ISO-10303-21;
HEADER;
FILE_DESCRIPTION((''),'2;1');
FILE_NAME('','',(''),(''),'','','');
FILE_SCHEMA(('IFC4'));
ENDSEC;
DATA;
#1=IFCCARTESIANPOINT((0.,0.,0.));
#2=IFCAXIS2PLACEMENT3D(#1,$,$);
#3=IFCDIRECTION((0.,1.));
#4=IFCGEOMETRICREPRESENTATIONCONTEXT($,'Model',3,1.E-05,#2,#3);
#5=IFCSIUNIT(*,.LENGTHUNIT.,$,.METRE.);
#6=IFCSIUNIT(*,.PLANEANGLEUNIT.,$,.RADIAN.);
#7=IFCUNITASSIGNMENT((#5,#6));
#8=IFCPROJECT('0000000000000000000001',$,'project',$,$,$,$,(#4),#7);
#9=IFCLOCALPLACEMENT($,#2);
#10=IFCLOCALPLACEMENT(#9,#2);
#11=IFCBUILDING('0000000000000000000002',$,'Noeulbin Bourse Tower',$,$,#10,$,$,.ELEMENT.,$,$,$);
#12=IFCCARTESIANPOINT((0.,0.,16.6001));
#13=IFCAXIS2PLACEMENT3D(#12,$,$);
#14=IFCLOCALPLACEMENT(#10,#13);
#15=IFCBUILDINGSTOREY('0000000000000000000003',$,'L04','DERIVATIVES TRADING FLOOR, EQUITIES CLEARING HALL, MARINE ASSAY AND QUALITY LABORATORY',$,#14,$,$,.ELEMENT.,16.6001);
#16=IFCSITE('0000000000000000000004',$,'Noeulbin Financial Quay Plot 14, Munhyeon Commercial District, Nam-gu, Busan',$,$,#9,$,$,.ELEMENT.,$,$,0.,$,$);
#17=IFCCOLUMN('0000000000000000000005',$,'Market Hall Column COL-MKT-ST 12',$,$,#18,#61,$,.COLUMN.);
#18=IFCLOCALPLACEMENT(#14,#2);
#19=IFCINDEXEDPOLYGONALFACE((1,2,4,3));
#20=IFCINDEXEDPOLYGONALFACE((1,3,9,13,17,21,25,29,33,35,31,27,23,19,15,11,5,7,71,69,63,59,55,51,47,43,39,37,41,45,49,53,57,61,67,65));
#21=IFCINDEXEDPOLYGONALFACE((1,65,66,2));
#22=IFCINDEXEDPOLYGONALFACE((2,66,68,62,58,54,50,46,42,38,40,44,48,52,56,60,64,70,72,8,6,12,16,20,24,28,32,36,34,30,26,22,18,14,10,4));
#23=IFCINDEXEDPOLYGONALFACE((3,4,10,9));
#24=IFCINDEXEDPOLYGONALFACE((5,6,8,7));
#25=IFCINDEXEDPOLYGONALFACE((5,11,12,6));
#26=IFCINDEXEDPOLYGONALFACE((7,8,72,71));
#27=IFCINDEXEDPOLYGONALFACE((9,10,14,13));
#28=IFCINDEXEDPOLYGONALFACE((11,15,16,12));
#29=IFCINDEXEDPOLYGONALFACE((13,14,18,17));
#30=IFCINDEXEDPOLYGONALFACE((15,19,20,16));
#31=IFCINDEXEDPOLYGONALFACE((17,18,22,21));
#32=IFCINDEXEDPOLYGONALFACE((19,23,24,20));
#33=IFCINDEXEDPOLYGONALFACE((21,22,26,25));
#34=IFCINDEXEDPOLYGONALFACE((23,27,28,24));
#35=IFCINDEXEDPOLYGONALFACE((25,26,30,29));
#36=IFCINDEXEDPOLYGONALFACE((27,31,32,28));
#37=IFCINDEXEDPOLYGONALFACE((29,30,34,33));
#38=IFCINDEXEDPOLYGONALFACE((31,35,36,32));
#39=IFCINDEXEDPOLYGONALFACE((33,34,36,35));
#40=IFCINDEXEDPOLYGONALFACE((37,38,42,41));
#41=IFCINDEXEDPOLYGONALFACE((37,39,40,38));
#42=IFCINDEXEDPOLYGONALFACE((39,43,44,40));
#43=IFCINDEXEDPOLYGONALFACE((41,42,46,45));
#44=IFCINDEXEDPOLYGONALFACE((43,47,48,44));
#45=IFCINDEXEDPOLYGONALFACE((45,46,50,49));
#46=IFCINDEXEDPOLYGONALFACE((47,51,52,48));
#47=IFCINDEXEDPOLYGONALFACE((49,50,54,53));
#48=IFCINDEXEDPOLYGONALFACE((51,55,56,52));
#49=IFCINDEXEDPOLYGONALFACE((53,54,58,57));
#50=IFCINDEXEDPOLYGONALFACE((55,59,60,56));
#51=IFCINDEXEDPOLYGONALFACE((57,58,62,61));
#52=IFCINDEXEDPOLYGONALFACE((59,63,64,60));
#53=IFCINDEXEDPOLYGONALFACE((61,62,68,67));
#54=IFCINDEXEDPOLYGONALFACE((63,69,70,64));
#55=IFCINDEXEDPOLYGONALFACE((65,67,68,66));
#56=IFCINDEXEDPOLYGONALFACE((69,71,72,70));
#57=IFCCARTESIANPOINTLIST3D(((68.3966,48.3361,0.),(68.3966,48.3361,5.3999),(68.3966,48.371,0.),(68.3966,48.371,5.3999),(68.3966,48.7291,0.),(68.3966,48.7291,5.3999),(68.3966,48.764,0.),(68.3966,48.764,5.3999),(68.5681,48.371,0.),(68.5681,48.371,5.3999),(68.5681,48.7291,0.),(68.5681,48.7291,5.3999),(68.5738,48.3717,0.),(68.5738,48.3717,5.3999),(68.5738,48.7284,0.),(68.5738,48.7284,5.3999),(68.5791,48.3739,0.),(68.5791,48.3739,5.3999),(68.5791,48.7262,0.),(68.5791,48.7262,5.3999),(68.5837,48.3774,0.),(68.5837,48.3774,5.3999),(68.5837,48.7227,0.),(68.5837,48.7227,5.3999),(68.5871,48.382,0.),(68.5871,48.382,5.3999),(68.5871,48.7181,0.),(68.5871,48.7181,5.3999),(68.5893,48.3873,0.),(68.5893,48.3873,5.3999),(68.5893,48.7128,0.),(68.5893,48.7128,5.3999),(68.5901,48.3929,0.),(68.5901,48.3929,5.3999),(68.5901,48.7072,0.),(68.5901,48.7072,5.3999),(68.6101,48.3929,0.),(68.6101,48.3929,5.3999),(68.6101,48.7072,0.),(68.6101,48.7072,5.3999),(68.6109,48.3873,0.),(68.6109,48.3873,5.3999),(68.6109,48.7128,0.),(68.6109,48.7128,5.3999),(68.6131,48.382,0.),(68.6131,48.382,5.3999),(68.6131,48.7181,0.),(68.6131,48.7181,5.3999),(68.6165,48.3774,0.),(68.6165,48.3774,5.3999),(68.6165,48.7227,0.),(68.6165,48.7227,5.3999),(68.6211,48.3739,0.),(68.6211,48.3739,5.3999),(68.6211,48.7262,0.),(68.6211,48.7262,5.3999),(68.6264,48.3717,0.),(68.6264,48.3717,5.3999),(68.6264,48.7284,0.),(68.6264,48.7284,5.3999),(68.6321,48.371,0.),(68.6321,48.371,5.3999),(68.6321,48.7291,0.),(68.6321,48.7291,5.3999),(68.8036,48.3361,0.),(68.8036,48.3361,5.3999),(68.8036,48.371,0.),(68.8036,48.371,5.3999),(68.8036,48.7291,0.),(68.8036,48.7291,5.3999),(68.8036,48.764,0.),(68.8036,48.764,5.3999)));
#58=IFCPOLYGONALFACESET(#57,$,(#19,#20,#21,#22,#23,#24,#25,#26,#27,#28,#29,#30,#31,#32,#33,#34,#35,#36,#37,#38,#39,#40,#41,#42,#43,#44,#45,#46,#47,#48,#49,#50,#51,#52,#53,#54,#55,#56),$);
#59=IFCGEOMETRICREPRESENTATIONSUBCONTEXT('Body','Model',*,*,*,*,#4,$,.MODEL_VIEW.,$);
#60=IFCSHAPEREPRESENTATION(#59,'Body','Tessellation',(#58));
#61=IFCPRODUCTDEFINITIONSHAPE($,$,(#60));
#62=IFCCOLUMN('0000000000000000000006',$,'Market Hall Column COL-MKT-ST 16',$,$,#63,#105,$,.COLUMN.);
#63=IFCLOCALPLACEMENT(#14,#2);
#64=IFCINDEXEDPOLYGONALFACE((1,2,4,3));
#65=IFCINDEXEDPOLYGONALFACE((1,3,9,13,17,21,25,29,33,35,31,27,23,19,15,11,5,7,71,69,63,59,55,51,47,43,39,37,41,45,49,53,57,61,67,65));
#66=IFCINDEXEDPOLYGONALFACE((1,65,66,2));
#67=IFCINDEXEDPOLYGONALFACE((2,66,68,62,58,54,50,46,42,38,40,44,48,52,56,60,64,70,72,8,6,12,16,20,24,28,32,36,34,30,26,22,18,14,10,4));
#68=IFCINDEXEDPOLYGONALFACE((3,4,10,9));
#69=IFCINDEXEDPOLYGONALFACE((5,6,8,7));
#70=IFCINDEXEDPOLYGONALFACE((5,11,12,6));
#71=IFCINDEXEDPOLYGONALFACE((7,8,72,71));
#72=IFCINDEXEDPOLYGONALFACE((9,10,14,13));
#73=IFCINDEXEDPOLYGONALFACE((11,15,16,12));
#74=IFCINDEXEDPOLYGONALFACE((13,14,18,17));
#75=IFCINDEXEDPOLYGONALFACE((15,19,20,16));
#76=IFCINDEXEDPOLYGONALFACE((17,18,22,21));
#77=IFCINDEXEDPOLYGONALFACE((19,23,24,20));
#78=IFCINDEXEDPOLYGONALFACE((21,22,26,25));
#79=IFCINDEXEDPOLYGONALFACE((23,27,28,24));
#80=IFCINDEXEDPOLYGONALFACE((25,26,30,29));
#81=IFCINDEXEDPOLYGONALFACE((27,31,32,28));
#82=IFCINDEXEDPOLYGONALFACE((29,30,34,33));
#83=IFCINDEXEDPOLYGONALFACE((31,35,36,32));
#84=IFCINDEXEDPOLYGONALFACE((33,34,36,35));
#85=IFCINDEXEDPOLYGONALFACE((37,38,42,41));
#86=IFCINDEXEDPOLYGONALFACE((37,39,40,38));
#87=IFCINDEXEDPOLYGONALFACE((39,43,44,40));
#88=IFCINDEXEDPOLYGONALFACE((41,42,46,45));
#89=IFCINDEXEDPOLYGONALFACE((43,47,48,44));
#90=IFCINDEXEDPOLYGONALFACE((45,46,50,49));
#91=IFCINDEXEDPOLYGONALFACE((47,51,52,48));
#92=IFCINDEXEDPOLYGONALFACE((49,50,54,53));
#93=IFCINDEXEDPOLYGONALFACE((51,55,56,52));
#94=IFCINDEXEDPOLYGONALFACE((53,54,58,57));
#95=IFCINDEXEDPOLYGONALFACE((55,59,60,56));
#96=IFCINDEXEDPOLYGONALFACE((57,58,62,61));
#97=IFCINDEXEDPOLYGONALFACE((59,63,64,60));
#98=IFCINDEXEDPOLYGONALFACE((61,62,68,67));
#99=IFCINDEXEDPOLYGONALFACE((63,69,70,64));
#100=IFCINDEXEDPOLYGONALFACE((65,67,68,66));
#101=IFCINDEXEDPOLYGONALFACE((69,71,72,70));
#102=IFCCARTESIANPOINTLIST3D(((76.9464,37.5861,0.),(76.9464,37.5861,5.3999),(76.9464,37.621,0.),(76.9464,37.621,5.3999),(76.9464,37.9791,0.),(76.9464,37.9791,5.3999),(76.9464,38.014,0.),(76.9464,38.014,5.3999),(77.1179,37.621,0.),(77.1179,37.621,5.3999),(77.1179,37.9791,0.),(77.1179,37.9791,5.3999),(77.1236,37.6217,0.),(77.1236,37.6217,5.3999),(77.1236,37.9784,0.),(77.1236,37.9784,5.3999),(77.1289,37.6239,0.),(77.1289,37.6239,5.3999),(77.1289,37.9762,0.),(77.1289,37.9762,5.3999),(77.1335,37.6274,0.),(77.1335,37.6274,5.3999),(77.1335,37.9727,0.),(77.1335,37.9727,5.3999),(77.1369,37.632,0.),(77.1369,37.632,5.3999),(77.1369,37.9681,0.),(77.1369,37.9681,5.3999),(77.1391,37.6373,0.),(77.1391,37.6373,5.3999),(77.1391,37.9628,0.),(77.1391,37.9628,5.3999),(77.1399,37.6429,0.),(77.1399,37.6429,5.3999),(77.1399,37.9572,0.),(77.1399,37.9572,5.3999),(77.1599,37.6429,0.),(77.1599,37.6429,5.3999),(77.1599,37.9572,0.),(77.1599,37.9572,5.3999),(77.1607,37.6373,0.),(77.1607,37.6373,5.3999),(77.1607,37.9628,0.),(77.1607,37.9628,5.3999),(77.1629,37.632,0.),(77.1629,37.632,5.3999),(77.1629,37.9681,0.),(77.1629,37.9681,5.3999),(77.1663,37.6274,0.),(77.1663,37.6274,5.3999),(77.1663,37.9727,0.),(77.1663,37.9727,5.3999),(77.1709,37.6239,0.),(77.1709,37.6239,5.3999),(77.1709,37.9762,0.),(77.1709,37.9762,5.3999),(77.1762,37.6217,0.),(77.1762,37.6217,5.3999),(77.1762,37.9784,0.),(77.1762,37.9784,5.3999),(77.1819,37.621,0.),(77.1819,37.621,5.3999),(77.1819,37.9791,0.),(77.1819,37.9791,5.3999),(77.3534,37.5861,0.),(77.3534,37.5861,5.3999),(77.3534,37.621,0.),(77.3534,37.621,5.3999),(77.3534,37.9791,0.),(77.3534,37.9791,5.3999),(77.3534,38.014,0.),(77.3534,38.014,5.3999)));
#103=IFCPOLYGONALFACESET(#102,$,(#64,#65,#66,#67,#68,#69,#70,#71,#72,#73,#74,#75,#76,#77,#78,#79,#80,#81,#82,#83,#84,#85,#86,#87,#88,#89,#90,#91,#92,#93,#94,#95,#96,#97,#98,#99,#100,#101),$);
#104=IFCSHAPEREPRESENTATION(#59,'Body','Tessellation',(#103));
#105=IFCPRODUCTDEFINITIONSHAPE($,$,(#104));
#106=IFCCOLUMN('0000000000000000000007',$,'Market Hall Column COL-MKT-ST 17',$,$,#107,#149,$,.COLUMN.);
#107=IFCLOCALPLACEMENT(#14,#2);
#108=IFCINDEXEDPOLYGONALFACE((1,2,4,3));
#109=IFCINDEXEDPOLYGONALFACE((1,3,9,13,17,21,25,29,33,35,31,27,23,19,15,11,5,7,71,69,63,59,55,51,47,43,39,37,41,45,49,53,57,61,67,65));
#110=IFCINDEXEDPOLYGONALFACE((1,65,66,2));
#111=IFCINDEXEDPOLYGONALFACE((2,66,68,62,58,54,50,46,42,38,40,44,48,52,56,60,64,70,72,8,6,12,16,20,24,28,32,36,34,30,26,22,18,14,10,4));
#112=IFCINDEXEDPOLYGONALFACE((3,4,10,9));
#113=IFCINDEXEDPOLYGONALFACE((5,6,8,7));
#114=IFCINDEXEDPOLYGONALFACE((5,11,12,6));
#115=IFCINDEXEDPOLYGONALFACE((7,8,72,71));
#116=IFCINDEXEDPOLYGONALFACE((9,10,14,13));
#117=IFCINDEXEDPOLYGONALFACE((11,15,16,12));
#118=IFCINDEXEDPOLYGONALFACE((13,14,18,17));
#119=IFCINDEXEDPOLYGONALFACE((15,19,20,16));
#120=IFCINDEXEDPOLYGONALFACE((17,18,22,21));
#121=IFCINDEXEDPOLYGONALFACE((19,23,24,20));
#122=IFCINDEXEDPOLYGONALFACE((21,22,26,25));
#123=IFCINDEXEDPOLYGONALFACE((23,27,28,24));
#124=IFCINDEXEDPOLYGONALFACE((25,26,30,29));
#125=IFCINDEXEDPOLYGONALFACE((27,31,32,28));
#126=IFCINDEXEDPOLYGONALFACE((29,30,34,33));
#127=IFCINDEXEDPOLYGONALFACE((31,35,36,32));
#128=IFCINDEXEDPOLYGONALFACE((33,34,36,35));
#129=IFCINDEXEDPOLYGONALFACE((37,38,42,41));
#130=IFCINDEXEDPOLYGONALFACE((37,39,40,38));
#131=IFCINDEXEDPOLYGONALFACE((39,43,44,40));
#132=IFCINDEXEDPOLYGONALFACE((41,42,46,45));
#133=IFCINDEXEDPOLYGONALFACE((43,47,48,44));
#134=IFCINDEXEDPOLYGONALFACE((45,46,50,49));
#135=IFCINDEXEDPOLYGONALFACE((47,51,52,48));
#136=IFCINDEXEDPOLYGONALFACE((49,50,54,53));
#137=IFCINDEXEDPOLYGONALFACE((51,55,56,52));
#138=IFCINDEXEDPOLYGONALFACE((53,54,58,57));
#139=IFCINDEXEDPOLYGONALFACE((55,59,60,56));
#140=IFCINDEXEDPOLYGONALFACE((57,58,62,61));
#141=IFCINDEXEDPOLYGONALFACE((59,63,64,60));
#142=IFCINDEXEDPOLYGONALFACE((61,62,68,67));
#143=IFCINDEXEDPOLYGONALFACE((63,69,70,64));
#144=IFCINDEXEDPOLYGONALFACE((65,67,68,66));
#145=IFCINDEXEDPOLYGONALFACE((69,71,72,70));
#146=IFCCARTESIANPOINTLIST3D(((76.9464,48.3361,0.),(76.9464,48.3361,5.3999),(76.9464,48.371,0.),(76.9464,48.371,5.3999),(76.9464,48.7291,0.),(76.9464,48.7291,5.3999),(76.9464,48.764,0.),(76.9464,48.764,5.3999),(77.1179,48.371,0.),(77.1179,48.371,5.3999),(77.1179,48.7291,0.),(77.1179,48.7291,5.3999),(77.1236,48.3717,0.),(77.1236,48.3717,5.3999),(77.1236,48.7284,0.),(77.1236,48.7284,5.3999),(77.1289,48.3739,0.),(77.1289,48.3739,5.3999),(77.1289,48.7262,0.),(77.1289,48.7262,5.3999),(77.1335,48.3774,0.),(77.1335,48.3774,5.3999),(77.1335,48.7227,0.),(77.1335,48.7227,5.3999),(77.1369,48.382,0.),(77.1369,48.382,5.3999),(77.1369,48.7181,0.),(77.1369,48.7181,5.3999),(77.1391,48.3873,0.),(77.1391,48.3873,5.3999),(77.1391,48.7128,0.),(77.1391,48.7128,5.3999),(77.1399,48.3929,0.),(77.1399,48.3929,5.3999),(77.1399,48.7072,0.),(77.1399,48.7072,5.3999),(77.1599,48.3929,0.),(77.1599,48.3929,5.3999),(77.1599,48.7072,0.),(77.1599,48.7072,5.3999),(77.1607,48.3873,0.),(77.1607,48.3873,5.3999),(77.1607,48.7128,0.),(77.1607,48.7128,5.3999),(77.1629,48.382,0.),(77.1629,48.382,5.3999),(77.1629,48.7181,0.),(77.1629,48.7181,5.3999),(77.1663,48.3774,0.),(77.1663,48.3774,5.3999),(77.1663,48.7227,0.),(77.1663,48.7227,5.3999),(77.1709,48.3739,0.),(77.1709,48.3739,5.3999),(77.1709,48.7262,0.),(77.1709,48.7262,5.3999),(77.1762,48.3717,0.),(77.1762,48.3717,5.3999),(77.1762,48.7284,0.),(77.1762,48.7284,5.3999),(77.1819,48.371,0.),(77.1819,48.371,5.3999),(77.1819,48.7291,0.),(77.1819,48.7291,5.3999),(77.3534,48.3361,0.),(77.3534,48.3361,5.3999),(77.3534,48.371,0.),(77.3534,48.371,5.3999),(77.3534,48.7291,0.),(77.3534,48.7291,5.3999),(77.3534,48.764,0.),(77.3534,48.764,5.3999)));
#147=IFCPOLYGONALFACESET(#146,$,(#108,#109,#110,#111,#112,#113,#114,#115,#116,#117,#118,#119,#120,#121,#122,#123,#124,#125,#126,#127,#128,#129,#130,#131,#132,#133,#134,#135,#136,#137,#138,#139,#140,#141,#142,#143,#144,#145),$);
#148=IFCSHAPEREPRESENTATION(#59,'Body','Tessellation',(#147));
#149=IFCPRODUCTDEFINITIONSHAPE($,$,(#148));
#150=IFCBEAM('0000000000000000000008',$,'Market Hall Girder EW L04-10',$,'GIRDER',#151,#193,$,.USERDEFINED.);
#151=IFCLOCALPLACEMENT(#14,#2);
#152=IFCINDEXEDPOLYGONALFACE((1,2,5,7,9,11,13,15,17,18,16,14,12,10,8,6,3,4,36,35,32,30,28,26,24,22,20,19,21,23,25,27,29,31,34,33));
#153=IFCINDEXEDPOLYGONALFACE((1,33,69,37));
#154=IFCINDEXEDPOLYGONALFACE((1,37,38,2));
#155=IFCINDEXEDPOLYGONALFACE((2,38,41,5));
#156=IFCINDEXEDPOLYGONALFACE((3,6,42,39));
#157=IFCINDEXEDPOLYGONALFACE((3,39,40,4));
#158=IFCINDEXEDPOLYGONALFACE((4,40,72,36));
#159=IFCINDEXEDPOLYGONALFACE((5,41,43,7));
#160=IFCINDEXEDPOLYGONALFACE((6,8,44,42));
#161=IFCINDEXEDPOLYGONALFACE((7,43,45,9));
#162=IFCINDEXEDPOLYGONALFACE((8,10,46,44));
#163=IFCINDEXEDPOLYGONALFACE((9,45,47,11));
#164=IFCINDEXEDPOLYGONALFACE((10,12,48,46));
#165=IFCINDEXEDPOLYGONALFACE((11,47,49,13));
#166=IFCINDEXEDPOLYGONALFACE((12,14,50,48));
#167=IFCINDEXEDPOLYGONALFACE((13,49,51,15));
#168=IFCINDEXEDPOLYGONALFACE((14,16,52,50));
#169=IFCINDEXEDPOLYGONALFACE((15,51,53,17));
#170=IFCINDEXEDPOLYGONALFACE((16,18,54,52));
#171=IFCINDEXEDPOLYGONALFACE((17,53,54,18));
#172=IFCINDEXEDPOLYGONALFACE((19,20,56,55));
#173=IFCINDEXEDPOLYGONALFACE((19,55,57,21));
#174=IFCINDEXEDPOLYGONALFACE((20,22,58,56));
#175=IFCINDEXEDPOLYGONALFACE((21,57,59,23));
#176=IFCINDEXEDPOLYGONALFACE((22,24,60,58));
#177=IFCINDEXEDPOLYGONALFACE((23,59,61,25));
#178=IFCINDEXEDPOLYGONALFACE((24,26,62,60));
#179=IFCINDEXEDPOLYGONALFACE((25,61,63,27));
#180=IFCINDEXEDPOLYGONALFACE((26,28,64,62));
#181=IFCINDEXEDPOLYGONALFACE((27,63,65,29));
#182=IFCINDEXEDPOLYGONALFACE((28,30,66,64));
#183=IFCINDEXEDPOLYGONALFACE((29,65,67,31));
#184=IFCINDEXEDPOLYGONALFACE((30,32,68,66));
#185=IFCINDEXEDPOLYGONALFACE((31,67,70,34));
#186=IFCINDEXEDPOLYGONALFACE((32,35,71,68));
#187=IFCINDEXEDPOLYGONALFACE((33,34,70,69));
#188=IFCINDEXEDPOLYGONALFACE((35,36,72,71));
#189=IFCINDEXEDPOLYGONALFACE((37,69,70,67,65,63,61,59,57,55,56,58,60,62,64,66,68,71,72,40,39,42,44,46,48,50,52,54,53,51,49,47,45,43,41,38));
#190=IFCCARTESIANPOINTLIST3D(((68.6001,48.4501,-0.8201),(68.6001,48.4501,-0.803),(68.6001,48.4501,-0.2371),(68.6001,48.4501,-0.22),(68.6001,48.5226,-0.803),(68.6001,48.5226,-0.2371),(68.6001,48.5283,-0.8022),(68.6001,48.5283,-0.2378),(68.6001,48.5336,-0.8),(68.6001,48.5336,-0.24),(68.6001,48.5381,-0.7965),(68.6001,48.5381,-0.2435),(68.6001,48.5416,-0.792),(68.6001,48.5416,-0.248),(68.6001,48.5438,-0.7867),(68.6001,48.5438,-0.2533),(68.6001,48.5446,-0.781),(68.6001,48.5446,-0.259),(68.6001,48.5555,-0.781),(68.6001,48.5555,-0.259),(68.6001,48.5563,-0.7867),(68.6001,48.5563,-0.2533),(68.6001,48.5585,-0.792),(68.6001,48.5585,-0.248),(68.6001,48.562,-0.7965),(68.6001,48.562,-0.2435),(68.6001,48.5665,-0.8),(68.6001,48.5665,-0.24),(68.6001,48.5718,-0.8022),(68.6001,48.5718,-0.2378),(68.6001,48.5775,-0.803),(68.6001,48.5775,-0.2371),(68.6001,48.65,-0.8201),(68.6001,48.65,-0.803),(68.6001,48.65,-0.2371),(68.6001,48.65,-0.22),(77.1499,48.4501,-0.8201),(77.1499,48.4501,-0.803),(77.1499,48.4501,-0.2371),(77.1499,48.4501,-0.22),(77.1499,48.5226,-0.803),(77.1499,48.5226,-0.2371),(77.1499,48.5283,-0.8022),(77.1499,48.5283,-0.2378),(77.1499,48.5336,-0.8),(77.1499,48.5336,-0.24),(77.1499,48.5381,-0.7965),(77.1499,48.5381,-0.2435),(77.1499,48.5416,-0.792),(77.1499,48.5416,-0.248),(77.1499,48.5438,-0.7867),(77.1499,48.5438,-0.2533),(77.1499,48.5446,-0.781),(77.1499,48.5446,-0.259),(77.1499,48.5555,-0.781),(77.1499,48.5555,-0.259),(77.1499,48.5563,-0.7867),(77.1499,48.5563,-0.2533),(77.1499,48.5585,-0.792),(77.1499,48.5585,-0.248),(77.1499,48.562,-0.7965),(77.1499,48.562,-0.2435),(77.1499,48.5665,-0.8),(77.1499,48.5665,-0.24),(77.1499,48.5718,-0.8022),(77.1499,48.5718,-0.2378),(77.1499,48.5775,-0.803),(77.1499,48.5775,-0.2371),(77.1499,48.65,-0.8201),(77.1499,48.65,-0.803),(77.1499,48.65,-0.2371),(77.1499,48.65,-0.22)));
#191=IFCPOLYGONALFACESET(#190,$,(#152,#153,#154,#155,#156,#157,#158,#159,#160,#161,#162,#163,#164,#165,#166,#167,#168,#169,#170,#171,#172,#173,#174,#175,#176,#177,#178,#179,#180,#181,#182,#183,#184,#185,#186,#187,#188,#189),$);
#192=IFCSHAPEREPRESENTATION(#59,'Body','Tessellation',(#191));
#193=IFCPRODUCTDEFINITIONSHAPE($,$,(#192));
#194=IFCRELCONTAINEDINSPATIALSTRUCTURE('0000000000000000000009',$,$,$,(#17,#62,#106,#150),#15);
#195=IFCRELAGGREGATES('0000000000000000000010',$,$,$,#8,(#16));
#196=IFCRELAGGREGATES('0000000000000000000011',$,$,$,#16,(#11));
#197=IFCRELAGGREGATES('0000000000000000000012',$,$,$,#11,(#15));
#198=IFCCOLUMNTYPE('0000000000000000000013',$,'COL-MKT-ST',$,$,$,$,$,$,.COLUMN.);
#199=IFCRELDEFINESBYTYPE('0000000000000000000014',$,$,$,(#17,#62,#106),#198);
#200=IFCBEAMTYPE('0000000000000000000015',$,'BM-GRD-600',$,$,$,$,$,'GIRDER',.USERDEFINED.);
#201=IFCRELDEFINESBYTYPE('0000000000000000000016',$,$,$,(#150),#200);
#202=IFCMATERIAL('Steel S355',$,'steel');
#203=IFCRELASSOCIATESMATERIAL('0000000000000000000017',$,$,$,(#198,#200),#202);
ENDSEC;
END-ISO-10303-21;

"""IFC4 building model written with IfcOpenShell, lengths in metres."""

from ifc_helpers import new_model, si_unit, direction, frame, origin, origin_2d, place, context, subcontext, project, spatial, i_section, extrude, material, material_profile, profile_set, type_object, element, save


model = new_model("IFC4")

# Units and contexts
model_context = context("Model", 3, precision=1e-05, world=origin(), true_north=direction((0.0, 1.0)))
body_context = subcontext(model_context, "Body", "Model", "MODEL_VIEW")
ifc_project = project(units=[si_unit("LENGTHUNIT", "METRE"), si_unit("PLANEANGLEUNIT", "RADIAN")], contexts=[model_context])

# Site, building, storey
site_placement = place(None, origin())
site = spatial("IfcSite", under=ifc_project, at=site_placement, Name="Noeulbin Financial Quay Plot 14, Munhyeon Commercial District, Nam-gu, Busan", CompositionType="ELEMENT", RefElevation=0.0)
building_placement = place(site_placement, origin())
building = spatial("IfcBuilding", under=site, at=building_placement, Name="Noeulbin Bourse Tower", CompositionType="ELEMENT")
storey_placement = place(building_placement, frame((0.0, 0.0, 16.6001)))
storey = spatial("IfcBuildingStorey", under=building, at=storey_placement, Name="L04", Description="DERIVATIVES TRADING FLOOR, EQUITIES CLEARING HALL, MARINE ASSAY AND QUALITY LABORATORY", CompositionType="ELEMENT", Elevation=16.6001)

# Columns
ifc_material_1 = material(Name="Steel S355", Category="steel")
ifc_material_profile_1 = material_profile(ifc_material_1, i_section(OverallWidth=0.407, OverallDepth=0.428, WebThickness=0.02, FlangeThickness=0.0349, FilletRadius=0.022, at=origin_2d()), Name="H-428x407x20x35", Category="LoadBearing")
ifc_profile_set_1 = profile_set([ifc_material_profile_1], Name="Steel S355")
column_type = type_object("IfcColumnType", Name="COL-MKT-ST", PredefinedType="COLUMN", material=ifc_profile_set_1)
for number, where, z_axis, x_axis, name in (
    (1, (68.6001, 48.55, 0.0), (0.0, 0.0, 1.0), (1.0, 0.0, 0.0), "Market Hall Column COL-MKT-ST 12"),
    (2, (77.1499, 37.8, 0.0), (0.0, 0.0, 1.0), (1.0, 0.0, 0.0), "Market Hall Column COL-MKT-ST 16"),
    (3, (77.1499, 48.55, 0.0), (0.0, 0.0, 1.0), (1.0, 0.0, 0.0), "Market Hall Column COL-MKT-ST 17"),
):
    element("IfcColumn", number, at=place(storey_placement, frame(where, z_axis=z_axis, x_axis=x_axis)), inside=storey, type_object=column_type, Name=name, PredefinedType="COLUMN", context=body_context, shape_type="SweptSolid", body=[
        extrude(i_section(OverallWidth=0.407, OverallDepth=0.428, WebThickness=0.02, FlangeThickness=0.0349, FilletRadius=0.022, at=origin_2d()), origin(), (0.0, 0.0, 1.0), 5.3999),
    ])

# Beam
ifc_material_profile_2 = material_profile(ifc_material_1, i_section(OverallWidth=0.2, OverallDepth=0.6001, WebThickness=0.011, FlangeThickness=0.0171, FilletRadius=0.022, at=origin_2d()), Name="H-600x200x11x17", Category="LoadBearing")
ifc_profile_set_2 = profile_set([ifc_material_profile_2], Name="Steel S355")
beam_type_1 = type_object("IfcBeamType", Name="BM-GRD-600", ElementType="GIRDER", PredefinedType="USERDEFINED", material=ifc_profile_set_2)
beam_1_placement = place(storey_placement, frame((68.6001, 48.55, -0.52), z_axis=(1.0, 0.0, 0.0), x_axis=(0.0, 1.0, 0.0)))
element("IfcBeam", 4, at=beam_1_placement, inside=storey, type_object=beam_type_1, Name="Market Hall Girder EW L04-10", ObjectType="GIRDER", PredefinedType="USERDEFINED", context=body_context, shape_type="SweptSolid", body=[
    extrude(i_section(OverallWidth=0.2, OverallDepth=0.6001, WebThickness=0.011, FlangeThickness=0.0171, FilletRadius=0.022, at=origin_2d()), origin(), (0.0, 0.0, 1.0), 8.5498),
])

save(model, "model.ifc")
